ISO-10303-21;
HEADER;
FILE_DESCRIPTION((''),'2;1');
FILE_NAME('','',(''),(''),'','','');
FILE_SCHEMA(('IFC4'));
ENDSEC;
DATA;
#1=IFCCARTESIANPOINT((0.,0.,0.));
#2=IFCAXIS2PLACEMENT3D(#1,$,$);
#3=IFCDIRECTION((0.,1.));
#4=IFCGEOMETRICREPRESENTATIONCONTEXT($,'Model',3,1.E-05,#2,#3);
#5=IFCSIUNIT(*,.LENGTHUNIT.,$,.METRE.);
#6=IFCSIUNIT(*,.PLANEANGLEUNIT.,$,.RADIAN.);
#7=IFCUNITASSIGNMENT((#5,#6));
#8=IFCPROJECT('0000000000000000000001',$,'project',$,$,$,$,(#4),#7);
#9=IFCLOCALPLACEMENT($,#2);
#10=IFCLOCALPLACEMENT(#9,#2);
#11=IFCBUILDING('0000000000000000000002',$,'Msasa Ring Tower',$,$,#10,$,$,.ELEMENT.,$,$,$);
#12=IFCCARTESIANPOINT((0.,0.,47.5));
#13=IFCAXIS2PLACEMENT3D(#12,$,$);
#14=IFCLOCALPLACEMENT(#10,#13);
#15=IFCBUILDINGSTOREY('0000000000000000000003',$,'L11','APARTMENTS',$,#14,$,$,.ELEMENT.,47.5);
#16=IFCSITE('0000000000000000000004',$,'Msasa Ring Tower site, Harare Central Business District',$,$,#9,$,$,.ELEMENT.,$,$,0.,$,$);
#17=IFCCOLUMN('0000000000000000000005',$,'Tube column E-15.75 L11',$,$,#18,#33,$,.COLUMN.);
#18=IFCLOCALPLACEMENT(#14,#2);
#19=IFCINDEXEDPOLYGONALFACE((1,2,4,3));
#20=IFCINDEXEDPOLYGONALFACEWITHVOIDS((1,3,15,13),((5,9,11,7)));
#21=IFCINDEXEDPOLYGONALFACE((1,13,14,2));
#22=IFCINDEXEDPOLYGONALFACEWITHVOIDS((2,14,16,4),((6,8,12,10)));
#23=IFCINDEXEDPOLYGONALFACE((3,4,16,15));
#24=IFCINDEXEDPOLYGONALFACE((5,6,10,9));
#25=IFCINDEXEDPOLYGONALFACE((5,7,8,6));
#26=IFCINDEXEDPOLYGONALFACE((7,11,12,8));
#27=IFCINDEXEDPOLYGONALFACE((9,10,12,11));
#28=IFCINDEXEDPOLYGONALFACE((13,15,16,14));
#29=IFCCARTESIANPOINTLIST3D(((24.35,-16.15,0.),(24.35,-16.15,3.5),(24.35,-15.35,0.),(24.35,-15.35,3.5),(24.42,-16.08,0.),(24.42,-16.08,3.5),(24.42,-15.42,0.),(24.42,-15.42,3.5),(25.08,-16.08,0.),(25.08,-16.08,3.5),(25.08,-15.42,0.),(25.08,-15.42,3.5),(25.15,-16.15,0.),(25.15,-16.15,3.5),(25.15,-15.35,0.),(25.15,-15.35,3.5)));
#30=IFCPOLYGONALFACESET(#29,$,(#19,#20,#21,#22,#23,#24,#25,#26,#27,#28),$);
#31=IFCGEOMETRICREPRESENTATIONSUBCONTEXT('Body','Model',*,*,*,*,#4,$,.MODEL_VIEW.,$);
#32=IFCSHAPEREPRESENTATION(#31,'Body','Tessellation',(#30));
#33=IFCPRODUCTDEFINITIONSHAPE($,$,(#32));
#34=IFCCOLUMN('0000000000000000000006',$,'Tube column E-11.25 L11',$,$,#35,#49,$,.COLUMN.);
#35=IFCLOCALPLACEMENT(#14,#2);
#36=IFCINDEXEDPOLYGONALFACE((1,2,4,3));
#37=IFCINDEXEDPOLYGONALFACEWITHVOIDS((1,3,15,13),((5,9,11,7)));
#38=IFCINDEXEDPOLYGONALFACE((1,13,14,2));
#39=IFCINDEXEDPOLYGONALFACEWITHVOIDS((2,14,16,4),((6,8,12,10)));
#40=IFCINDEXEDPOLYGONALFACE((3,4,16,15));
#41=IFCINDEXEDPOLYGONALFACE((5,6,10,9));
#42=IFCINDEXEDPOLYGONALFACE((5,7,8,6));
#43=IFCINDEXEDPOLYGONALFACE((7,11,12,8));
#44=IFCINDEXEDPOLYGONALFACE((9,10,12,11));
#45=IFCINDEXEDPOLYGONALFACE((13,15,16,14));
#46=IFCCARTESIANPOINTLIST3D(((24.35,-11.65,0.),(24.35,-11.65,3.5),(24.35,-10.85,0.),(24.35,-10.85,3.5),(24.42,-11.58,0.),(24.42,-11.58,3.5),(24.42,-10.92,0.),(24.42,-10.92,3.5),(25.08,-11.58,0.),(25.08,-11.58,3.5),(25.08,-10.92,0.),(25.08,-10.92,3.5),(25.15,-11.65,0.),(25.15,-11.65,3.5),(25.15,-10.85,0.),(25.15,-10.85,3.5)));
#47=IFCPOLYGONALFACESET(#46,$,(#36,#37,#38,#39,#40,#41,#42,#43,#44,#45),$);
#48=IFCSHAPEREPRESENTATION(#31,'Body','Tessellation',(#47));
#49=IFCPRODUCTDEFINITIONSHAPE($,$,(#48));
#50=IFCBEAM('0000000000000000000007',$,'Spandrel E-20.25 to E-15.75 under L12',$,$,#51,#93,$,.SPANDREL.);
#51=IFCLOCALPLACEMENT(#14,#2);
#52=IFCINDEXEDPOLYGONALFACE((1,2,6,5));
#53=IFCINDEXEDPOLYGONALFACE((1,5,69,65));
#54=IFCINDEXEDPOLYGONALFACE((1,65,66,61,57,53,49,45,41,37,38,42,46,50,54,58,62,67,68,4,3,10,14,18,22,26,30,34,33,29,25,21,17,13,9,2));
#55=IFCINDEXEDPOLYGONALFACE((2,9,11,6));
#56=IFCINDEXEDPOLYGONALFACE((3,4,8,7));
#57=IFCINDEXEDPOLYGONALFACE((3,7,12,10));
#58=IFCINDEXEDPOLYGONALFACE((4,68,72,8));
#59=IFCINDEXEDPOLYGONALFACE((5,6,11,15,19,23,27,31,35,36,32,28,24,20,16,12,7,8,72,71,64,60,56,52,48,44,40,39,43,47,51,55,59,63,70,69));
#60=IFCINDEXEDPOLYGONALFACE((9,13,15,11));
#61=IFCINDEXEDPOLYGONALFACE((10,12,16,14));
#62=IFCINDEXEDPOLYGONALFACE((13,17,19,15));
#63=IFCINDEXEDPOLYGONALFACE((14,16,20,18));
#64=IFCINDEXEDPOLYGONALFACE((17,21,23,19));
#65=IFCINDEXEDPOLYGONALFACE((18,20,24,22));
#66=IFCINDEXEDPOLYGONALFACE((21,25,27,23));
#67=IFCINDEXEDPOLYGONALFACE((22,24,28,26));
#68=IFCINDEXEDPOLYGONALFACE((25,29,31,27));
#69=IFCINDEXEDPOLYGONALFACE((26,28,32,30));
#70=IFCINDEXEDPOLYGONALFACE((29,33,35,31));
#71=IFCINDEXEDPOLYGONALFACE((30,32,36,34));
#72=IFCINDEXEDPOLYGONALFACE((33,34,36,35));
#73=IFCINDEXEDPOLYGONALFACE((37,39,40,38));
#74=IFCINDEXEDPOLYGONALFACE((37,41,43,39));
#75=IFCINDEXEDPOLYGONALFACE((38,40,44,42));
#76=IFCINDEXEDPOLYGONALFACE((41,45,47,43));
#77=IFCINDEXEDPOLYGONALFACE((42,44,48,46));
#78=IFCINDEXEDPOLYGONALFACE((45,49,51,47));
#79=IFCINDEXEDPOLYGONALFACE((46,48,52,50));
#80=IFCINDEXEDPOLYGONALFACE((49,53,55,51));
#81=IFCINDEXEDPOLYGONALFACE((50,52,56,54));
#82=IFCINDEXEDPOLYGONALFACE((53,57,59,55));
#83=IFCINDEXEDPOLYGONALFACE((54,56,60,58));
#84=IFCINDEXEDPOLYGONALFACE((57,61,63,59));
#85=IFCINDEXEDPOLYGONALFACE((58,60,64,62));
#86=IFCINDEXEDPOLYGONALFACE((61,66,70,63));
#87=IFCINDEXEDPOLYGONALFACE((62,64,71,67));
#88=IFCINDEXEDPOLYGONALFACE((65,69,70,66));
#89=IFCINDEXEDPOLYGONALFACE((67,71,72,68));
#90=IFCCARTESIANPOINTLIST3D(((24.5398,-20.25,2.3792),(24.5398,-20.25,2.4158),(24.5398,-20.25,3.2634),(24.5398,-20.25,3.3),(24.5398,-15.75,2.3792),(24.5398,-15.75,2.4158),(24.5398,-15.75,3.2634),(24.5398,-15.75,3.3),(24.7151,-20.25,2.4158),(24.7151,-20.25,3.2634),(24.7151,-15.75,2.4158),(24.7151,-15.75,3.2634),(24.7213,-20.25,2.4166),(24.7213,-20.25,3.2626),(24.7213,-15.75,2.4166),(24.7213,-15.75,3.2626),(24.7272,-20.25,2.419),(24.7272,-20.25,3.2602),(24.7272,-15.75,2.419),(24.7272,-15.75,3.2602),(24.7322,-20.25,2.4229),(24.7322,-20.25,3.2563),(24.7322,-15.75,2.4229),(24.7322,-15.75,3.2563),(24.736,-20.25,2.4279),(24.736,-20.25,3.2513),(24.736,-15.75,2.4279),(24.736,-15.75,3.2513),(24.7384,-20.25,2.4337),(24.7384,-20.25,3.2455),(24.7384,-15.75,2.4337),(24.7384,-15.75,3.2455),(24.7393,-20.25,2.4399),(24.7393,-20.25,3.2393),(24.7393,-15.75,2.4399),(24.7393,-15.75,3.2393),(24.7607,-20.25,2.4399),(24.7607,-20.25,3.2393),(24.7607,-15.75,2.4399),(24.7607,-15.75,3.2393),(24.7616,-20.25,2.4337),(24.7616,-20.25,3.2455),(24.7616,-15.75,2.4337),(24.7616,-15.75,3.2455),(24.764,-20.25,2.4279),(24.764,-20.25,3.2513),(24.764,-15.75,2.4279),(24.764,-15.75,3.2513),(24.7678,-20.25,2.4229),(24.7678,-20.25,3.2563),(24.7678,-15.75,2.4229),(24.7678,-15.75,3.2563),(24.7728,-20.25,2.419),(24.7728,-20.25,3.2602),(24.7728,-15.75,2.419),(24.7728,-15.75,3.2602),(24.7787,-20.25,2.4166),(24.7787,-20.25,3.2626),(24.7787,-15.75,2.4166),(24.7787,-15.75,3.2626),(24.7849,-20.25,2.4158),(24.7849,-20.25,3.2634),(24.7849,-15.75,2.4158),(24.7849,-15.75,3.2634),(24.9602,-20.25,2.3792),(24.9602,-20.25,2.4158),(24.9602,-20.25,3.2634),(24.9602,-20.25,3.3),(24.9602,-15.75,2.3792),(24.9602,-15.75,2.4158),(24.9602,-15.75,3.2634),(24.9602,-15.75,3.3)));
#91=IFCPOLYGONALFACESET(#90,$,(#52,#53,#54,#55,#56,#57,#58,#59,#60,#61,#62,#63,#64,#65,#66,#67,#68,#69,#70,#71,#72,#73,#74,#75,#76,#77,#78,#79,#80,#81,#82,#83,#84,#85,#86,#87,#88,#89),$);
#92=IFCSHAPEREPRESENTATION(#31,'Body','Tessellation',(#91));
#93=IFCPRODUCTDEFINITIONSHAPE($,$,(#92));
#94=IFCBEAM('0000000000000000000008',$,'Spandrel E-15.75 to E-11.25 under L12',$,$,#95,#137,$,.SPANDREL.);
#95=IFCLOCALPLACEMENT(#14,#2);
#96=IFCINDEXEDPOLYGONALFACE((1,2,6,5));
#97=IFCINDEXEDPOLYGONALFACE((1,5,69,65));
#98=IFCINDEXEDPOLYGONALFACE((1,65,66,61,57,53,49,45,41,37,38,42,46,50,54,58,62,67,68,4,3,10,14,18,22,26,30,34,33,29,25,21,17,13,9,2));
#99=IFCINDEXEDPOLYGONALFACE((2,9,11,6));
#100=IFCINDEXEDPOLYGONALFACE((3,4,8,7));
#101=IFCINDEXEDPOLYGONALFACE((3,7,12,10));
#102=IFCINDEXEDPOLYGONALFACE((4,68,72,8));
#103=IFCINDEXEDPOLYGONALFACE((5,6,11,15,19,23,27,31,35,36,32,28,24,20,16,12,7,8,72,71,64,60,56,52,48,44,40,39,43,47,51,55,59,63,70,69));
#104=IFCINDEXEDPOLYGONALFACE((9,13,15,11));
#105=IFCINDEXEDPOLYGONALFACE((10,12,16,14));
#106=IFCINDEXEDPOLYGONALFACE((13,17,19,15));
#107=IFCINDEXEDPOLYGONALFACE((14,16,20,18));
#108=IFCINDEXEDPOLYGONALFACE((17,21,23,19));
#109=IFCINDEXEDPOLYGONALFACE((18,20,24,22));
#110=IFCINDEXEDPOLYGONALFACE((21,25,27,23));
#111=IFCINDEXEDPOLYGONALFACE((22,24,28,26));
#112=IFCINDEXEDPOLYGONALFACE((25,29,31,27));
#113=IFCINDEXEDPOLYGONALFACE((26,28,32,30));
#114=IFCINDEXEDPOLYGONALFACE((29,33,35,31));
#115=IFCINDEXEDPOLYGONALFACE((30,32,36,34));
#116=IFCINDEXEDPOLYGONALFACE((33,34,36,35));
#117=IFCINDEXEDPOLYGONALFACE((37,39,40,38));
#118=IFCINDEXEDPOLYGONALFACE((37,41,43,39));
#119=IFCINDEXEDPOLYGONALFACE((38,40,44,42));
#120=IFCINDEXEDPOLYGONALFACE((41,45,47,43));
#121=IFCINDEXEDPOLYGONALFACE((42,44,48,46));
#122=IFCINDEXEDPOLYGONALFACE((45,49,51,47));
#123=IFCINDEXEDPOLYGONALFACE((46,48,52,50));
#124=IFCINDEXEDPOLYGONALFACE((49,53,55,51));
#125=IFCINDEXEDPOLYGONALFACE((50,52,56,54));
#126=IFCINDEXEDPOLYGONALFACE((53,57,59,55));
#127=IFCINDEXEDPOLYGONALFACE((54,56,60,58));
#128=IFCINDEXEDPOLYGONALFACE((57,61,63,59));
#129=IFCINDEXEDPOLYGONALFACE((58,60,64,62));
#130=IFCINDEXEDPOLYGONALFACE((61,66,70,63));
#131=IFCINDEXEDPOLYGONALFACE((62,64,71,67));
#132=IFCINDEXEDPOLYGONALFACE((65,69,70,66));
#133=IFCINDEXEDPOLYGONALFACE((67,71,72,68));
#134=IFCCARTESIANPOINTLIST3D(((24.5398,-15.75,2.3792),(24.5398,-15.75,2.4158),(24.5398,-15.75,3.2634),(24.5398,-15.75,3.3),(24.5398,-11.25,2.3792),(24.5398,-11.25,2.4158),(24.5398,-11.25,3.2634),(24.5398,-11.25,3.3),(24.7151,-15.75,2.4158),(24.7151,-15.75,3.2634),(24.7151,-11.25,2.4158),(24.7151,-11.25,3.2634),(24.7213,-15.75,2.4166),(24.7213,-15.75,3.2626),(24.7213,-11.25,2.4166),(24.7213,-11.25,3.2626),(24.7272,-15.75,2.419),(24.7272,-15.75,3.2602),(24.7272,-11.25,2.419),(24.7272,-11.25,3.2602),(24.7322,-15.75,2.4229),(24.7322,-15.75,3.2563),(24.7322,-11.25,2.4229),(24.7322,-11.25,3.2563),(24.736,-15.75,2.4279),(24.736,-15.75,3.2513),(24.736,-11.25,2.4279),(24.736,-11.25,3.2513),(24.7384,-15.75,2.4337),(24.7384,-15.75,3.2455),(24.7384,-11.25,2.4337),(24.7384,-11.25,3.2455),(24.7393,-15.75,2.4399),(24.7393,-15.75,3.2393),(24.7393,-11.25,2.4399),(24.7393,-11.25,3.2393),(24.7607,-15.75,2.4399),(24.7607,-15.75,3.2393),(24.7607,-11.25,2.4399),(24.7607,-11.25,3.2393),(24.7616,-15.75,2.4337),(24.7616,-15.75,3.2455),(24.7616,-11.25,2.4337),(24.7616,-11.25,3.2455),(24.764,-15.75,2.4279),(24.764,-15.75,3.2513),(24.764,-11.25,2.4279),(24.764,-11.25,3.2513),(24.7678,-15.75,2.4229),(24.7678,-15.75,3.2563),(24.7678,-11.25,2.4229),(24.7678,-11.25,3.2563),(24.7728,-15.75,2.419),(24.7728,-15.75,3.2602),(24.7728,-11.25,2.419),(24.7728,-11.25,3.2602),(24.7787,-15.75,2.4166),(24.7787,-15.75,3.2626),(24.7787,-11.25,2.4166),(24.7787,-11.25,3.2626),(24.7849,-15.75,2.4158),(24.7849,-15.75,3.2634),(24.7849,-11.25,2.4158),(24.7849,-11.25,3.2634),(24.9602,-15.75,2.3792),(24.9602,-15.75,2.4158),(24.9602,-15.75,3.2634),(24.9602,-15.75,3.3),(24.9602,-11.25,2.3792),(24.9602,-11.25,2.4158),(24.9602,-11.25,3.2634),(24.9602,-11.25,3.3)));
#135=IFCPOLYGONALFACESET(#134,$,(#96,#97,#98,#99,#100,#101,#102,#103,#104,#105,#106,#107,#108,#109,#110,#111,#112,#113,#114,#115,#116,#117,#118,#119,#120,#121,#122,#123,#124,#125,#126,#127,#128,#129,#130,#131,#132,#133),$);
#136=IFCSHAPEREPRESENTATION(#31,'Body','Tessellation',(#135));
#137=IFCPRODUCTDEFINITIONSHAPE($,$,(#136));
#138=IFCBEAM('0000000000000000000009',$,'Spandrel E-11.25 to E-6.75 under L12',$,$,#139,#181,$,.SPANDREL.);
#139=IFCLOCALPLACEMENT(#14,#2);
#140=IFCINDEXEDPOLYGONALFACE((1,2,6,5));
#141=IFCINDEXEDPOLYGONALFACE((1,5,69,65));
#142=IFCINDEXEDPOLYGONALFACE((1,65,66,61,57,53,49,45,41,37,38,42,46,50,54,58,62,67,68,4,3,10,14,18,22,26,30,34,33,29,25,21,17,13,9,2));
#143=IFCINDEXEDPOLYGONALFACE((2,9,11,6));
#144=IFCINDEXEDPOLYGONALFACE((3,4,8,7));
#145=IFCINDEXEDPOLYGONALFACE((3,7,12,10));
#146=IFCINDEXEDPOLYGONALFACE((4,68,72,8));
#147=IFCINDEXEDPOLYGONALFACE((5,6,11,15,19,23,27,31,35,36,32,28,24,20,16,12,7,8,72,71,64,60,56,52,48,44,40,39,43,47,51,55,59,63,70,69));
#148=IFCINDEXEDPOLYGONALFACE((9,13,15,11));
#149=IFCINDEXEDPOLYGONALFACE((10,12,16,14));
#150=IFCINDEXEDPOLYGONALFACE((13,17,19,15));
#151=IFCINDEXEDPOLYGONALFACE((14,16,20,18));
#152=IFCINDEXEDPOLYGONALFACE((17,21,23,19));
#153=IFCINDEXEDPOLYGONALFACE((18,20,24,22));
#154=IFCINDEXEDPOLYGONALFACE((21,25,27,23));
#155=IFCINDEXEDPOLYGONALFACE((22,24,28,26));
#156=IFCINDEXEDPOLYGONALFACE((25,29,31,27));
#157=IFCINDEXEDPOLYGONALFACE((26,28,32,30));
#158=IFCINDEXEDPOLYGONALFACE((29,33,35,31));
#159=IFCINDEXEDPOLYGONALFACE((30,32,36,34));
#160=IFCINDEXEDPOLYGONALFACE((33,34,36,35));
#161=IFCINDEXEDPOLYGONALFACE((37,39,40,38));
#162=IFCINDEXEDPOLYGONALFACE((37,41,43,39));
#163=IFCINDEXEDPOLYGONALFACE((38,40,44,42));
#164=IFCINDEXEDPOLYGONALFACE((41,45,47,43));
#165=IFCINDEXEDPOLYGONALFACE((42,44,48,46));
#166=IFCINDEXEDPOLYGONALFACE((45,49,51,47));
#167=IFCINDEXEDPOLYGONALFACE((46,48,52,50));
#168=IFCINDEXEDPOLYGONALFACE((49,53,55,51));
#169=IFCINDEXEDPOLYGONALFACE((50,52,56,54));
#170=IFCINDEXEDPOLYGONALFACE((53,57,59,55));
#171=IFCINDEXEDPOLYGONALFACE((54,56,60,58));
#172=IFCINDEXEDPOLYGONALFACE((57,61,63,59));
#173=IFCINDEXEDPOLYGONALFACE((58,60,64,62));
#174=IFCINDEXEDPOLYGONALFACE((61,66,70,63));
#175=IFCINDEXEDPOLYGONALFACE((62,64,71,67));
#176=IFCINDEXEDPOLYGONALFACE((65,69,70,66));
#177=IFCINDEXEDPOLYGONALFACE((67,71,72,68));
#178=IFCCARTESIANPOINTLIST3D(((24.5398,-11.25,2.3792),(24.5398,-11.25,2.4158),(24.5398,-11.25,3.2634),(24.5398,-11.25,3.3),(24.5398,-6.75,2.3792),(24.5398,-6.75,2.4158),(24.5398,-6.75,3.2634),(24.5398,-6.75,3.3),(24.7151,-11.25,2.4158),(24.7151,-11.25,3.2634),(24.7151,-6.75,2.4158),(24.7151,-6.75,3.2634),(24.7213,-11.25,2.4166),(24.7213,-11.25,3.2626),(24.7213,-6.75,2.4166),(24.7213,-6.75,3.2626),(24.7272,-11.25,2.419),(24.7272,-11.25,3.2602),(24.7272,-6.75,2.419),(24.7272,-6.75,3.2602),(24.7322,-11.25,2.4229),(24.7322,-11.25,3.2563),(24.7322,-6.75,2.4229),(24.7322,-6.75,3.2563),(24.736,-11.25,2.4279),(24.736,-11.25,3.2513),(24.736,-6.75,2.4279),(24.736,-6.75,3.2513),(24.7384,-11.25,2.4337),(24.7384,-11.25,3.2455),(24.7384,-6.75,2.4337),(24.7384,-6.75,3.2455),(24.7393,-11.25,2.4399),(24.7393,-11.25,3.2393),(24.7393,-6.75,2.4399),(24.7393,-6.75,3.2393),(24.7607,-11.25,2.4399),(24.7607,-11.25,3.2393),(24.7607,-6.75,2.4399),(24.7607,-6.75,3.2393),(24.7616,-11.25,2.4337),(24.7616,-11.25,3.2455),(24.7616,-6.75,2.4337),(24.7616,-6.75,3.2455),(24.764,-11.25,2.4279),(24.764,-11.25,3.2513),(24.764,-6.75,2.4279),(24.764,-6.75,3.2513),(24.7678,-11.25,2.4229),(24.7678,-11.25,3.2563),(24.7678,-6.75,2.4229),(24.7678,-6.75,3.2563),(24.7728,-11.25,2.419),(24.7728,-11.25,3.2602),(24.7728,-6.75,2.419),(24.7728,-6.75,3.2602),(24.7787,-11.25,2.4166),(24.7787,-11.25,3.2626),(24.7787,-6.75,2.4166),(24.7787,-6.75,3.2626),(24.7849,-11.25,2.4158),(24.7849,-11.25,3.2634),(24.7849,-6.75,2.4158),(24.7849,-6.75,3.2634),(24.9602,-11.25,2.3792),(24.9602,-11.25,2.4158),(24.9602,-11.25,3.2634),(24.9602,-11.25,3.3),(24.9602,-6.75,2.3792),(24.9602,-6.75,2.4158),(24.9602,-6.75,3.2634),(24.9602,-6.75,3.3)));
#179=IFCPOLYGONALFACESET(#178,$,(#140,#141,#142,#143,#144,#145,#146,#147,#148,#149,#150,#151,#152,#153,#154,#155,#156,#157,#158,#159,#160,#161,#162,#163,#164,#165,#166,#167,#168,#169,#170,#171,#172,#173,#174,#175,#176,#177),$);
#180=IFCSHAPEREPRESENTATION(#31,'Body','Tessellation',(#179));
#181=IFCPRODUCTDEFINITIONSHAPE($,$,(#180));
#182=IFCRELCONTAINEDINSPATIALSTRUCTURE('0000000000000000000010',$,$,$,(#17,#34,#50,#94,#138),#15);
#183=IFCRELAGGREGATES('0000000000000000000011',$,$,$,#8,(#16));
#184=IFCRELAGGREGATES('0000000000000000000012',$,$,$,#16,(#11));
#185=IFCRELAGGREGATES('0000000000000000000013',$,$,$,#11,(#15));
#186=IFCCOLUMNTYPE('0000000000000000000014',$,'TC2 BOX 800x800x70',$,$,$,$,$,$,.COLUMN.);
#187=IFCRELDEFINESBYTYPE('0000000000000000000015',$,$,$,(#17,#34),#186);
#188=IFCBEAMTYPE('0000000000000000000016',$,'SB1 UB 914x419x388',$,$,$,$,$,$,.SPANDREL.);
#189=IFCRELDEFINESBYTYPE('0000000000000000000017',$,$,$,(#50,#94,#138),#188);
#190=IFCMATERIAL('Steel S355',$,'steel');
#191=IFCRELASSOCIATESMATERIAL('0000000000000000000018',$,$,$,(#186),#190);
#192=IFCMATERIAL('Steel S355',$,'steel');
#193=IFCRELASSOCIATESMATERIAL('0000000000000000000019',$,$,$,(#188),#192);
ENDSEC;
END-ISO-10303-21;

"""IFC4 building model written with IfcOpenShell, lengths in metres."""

from ifc_helpers import new_model, si_unit, direction, frame, origin, origin_2d, place, context, subcontext, project, spatial, hollow_rectangle, i_section, extrude, material, material_profile, profile_set, type_object, element, save


model = new_model("IFC4")

# Units and contexts
model_context = context("Model", 3, precision=1e-05, world=origin(), true_north=direction((0.0, 1.0)))
body_context = subcontext(model_context, "Body", "Model", "MODEL_VIEW")
ifc_project = project(units=[si_unit("LENGTHUNIT", "METRE"), si_unit("PLANEANGLEUNIT", "RADIAN")], contexts=[model_context])

# Site, building, storey
site_placement = place(None, origin())
site = spatial("IfcSite", under=ifc_project, at=site_placement, Name="Msasa Ring Tower site, Harare Central Business District", CompositionType="ELEMENT", RefElevation=0.0)
building_placement = place(site_placement, origin())
building = spatial("IfcBuilding", under=site, at=building_placement, Name="Msasa Ring Tower", CompositionType="ELEMENT")
storey_placement = place(building_placement, frame((0.0, 0.0, 47.5)))
storey = spatial("IfcBuildingStorey", under=building, at=storey_placement, Name="L11", Description="APARTMENTS", CompositionType="ELEMENT", Elevation=47.5)

# Columns
ifc_material_1 = material(Name="Steel S355", Category="steel")
ifc_material_profile_1 = material_profile(ifc_material_1, hollow_rectangle(XDim=0.8, YDim=0.8, WallThickness=0.0701, at=origin_2d()), Name="BOX 800x800x70")
ifc_profile_set_1 = profile_set([ifc_material_profile_1], Name="Steel S355")
column_type = type_object("IfcColumnType", Name="TC2 BOX 800x800x70", PredefinedType="COLUMN", material=ifc_profile_set_1)
for number, where, z_axis, x_axis, name in (
    (1, (24.75, -15.75, 0.0), (0.0, 0.0, 1.0), (1.0, 0.0, 0.0), "Tube column E-15.75 L11"),
    (2, (24.75, -11.25, 0.0), (0.0, 0.0, 1.0), (1.0, 0.0, 0.0), "Tube column E-11.25 L11"),
):
    element("IfcColumn", number, at=place(storey_placement, frame(where, z_axis=z_axis, x_axis=x_axis)), inside=storey, type_object=column_type, Name=name, PredefinedType="COLUMN", context=body_context, shape_type="SweptSolid", body=[
        extrude(hollow_rectangle(XDim=0.8, YDim=0.8, WallThickness=0.0701, at=origin_2d()), origin(), (0.0, 0.0, 1.0), 3.5),
    ])

# Beams
ifc_material_2 = material(Name="Steel S355", Category="steel")
ifc_material_profile_2 = material_profile(ifc_material_2, i_section(OverallWidth=0.4204, OverallDepth=0.9209, WebThickness=0.0215, FlangeThickness=0.0366, FilletRadius=0.0242, at=origin_2d()), Name="UB 914x419x388")
ifc_profile_set_2 = profile_set([ifc_material_profile_2], Name="Steel S355")
beam_type = type_object("IfcBeamType", Name="SB1 UB 914x419x388", PredefinedType="SPANDREL", material=ifc_profile_set_2)
for number, where, z_axis, x_axis, name in (
    (3, (24.75, -20.25, 2.8396), (0.0, 1.0, 0.0), (-1.0, 0.0, 0.0), "Spandrel E-20.25 to E-15.75 under L12"),
    (4, (24.75, -15.75, 2.8396), (0.0, 1.0, 0.0), (-1.0, 0.0, 0.0), "Spandrel E-15.75 to E-11.25 under L12"),
    (5, (24.75, -11.25, 2.8396), (0.0, 1.0, 0.0), (-1.0, 0.0, 0.0), "Spandrel E-11.25 to E-6.75 under L12"),
):
    element("IfcBeam", number, at=place(storey_placement, frame(where, z_axis=z_axis, x_axis=x_axis)), inside=storey, type_object=beam_type, Name=name, PredefinedType="SPANDREL", context=body_context, shape_type="SweptSolid", body=[
        extrude(i_section(OverallWidth=0.4204, OverallDepth=0.9209, WebThickness=0.0215, FlangeThickness=0.0366, FilletRadius=0.0242, at=origin_2d()), origin(), (0.0, 0.0, 1.0), 4.5),
    ])

save(model, "model.ifc")
